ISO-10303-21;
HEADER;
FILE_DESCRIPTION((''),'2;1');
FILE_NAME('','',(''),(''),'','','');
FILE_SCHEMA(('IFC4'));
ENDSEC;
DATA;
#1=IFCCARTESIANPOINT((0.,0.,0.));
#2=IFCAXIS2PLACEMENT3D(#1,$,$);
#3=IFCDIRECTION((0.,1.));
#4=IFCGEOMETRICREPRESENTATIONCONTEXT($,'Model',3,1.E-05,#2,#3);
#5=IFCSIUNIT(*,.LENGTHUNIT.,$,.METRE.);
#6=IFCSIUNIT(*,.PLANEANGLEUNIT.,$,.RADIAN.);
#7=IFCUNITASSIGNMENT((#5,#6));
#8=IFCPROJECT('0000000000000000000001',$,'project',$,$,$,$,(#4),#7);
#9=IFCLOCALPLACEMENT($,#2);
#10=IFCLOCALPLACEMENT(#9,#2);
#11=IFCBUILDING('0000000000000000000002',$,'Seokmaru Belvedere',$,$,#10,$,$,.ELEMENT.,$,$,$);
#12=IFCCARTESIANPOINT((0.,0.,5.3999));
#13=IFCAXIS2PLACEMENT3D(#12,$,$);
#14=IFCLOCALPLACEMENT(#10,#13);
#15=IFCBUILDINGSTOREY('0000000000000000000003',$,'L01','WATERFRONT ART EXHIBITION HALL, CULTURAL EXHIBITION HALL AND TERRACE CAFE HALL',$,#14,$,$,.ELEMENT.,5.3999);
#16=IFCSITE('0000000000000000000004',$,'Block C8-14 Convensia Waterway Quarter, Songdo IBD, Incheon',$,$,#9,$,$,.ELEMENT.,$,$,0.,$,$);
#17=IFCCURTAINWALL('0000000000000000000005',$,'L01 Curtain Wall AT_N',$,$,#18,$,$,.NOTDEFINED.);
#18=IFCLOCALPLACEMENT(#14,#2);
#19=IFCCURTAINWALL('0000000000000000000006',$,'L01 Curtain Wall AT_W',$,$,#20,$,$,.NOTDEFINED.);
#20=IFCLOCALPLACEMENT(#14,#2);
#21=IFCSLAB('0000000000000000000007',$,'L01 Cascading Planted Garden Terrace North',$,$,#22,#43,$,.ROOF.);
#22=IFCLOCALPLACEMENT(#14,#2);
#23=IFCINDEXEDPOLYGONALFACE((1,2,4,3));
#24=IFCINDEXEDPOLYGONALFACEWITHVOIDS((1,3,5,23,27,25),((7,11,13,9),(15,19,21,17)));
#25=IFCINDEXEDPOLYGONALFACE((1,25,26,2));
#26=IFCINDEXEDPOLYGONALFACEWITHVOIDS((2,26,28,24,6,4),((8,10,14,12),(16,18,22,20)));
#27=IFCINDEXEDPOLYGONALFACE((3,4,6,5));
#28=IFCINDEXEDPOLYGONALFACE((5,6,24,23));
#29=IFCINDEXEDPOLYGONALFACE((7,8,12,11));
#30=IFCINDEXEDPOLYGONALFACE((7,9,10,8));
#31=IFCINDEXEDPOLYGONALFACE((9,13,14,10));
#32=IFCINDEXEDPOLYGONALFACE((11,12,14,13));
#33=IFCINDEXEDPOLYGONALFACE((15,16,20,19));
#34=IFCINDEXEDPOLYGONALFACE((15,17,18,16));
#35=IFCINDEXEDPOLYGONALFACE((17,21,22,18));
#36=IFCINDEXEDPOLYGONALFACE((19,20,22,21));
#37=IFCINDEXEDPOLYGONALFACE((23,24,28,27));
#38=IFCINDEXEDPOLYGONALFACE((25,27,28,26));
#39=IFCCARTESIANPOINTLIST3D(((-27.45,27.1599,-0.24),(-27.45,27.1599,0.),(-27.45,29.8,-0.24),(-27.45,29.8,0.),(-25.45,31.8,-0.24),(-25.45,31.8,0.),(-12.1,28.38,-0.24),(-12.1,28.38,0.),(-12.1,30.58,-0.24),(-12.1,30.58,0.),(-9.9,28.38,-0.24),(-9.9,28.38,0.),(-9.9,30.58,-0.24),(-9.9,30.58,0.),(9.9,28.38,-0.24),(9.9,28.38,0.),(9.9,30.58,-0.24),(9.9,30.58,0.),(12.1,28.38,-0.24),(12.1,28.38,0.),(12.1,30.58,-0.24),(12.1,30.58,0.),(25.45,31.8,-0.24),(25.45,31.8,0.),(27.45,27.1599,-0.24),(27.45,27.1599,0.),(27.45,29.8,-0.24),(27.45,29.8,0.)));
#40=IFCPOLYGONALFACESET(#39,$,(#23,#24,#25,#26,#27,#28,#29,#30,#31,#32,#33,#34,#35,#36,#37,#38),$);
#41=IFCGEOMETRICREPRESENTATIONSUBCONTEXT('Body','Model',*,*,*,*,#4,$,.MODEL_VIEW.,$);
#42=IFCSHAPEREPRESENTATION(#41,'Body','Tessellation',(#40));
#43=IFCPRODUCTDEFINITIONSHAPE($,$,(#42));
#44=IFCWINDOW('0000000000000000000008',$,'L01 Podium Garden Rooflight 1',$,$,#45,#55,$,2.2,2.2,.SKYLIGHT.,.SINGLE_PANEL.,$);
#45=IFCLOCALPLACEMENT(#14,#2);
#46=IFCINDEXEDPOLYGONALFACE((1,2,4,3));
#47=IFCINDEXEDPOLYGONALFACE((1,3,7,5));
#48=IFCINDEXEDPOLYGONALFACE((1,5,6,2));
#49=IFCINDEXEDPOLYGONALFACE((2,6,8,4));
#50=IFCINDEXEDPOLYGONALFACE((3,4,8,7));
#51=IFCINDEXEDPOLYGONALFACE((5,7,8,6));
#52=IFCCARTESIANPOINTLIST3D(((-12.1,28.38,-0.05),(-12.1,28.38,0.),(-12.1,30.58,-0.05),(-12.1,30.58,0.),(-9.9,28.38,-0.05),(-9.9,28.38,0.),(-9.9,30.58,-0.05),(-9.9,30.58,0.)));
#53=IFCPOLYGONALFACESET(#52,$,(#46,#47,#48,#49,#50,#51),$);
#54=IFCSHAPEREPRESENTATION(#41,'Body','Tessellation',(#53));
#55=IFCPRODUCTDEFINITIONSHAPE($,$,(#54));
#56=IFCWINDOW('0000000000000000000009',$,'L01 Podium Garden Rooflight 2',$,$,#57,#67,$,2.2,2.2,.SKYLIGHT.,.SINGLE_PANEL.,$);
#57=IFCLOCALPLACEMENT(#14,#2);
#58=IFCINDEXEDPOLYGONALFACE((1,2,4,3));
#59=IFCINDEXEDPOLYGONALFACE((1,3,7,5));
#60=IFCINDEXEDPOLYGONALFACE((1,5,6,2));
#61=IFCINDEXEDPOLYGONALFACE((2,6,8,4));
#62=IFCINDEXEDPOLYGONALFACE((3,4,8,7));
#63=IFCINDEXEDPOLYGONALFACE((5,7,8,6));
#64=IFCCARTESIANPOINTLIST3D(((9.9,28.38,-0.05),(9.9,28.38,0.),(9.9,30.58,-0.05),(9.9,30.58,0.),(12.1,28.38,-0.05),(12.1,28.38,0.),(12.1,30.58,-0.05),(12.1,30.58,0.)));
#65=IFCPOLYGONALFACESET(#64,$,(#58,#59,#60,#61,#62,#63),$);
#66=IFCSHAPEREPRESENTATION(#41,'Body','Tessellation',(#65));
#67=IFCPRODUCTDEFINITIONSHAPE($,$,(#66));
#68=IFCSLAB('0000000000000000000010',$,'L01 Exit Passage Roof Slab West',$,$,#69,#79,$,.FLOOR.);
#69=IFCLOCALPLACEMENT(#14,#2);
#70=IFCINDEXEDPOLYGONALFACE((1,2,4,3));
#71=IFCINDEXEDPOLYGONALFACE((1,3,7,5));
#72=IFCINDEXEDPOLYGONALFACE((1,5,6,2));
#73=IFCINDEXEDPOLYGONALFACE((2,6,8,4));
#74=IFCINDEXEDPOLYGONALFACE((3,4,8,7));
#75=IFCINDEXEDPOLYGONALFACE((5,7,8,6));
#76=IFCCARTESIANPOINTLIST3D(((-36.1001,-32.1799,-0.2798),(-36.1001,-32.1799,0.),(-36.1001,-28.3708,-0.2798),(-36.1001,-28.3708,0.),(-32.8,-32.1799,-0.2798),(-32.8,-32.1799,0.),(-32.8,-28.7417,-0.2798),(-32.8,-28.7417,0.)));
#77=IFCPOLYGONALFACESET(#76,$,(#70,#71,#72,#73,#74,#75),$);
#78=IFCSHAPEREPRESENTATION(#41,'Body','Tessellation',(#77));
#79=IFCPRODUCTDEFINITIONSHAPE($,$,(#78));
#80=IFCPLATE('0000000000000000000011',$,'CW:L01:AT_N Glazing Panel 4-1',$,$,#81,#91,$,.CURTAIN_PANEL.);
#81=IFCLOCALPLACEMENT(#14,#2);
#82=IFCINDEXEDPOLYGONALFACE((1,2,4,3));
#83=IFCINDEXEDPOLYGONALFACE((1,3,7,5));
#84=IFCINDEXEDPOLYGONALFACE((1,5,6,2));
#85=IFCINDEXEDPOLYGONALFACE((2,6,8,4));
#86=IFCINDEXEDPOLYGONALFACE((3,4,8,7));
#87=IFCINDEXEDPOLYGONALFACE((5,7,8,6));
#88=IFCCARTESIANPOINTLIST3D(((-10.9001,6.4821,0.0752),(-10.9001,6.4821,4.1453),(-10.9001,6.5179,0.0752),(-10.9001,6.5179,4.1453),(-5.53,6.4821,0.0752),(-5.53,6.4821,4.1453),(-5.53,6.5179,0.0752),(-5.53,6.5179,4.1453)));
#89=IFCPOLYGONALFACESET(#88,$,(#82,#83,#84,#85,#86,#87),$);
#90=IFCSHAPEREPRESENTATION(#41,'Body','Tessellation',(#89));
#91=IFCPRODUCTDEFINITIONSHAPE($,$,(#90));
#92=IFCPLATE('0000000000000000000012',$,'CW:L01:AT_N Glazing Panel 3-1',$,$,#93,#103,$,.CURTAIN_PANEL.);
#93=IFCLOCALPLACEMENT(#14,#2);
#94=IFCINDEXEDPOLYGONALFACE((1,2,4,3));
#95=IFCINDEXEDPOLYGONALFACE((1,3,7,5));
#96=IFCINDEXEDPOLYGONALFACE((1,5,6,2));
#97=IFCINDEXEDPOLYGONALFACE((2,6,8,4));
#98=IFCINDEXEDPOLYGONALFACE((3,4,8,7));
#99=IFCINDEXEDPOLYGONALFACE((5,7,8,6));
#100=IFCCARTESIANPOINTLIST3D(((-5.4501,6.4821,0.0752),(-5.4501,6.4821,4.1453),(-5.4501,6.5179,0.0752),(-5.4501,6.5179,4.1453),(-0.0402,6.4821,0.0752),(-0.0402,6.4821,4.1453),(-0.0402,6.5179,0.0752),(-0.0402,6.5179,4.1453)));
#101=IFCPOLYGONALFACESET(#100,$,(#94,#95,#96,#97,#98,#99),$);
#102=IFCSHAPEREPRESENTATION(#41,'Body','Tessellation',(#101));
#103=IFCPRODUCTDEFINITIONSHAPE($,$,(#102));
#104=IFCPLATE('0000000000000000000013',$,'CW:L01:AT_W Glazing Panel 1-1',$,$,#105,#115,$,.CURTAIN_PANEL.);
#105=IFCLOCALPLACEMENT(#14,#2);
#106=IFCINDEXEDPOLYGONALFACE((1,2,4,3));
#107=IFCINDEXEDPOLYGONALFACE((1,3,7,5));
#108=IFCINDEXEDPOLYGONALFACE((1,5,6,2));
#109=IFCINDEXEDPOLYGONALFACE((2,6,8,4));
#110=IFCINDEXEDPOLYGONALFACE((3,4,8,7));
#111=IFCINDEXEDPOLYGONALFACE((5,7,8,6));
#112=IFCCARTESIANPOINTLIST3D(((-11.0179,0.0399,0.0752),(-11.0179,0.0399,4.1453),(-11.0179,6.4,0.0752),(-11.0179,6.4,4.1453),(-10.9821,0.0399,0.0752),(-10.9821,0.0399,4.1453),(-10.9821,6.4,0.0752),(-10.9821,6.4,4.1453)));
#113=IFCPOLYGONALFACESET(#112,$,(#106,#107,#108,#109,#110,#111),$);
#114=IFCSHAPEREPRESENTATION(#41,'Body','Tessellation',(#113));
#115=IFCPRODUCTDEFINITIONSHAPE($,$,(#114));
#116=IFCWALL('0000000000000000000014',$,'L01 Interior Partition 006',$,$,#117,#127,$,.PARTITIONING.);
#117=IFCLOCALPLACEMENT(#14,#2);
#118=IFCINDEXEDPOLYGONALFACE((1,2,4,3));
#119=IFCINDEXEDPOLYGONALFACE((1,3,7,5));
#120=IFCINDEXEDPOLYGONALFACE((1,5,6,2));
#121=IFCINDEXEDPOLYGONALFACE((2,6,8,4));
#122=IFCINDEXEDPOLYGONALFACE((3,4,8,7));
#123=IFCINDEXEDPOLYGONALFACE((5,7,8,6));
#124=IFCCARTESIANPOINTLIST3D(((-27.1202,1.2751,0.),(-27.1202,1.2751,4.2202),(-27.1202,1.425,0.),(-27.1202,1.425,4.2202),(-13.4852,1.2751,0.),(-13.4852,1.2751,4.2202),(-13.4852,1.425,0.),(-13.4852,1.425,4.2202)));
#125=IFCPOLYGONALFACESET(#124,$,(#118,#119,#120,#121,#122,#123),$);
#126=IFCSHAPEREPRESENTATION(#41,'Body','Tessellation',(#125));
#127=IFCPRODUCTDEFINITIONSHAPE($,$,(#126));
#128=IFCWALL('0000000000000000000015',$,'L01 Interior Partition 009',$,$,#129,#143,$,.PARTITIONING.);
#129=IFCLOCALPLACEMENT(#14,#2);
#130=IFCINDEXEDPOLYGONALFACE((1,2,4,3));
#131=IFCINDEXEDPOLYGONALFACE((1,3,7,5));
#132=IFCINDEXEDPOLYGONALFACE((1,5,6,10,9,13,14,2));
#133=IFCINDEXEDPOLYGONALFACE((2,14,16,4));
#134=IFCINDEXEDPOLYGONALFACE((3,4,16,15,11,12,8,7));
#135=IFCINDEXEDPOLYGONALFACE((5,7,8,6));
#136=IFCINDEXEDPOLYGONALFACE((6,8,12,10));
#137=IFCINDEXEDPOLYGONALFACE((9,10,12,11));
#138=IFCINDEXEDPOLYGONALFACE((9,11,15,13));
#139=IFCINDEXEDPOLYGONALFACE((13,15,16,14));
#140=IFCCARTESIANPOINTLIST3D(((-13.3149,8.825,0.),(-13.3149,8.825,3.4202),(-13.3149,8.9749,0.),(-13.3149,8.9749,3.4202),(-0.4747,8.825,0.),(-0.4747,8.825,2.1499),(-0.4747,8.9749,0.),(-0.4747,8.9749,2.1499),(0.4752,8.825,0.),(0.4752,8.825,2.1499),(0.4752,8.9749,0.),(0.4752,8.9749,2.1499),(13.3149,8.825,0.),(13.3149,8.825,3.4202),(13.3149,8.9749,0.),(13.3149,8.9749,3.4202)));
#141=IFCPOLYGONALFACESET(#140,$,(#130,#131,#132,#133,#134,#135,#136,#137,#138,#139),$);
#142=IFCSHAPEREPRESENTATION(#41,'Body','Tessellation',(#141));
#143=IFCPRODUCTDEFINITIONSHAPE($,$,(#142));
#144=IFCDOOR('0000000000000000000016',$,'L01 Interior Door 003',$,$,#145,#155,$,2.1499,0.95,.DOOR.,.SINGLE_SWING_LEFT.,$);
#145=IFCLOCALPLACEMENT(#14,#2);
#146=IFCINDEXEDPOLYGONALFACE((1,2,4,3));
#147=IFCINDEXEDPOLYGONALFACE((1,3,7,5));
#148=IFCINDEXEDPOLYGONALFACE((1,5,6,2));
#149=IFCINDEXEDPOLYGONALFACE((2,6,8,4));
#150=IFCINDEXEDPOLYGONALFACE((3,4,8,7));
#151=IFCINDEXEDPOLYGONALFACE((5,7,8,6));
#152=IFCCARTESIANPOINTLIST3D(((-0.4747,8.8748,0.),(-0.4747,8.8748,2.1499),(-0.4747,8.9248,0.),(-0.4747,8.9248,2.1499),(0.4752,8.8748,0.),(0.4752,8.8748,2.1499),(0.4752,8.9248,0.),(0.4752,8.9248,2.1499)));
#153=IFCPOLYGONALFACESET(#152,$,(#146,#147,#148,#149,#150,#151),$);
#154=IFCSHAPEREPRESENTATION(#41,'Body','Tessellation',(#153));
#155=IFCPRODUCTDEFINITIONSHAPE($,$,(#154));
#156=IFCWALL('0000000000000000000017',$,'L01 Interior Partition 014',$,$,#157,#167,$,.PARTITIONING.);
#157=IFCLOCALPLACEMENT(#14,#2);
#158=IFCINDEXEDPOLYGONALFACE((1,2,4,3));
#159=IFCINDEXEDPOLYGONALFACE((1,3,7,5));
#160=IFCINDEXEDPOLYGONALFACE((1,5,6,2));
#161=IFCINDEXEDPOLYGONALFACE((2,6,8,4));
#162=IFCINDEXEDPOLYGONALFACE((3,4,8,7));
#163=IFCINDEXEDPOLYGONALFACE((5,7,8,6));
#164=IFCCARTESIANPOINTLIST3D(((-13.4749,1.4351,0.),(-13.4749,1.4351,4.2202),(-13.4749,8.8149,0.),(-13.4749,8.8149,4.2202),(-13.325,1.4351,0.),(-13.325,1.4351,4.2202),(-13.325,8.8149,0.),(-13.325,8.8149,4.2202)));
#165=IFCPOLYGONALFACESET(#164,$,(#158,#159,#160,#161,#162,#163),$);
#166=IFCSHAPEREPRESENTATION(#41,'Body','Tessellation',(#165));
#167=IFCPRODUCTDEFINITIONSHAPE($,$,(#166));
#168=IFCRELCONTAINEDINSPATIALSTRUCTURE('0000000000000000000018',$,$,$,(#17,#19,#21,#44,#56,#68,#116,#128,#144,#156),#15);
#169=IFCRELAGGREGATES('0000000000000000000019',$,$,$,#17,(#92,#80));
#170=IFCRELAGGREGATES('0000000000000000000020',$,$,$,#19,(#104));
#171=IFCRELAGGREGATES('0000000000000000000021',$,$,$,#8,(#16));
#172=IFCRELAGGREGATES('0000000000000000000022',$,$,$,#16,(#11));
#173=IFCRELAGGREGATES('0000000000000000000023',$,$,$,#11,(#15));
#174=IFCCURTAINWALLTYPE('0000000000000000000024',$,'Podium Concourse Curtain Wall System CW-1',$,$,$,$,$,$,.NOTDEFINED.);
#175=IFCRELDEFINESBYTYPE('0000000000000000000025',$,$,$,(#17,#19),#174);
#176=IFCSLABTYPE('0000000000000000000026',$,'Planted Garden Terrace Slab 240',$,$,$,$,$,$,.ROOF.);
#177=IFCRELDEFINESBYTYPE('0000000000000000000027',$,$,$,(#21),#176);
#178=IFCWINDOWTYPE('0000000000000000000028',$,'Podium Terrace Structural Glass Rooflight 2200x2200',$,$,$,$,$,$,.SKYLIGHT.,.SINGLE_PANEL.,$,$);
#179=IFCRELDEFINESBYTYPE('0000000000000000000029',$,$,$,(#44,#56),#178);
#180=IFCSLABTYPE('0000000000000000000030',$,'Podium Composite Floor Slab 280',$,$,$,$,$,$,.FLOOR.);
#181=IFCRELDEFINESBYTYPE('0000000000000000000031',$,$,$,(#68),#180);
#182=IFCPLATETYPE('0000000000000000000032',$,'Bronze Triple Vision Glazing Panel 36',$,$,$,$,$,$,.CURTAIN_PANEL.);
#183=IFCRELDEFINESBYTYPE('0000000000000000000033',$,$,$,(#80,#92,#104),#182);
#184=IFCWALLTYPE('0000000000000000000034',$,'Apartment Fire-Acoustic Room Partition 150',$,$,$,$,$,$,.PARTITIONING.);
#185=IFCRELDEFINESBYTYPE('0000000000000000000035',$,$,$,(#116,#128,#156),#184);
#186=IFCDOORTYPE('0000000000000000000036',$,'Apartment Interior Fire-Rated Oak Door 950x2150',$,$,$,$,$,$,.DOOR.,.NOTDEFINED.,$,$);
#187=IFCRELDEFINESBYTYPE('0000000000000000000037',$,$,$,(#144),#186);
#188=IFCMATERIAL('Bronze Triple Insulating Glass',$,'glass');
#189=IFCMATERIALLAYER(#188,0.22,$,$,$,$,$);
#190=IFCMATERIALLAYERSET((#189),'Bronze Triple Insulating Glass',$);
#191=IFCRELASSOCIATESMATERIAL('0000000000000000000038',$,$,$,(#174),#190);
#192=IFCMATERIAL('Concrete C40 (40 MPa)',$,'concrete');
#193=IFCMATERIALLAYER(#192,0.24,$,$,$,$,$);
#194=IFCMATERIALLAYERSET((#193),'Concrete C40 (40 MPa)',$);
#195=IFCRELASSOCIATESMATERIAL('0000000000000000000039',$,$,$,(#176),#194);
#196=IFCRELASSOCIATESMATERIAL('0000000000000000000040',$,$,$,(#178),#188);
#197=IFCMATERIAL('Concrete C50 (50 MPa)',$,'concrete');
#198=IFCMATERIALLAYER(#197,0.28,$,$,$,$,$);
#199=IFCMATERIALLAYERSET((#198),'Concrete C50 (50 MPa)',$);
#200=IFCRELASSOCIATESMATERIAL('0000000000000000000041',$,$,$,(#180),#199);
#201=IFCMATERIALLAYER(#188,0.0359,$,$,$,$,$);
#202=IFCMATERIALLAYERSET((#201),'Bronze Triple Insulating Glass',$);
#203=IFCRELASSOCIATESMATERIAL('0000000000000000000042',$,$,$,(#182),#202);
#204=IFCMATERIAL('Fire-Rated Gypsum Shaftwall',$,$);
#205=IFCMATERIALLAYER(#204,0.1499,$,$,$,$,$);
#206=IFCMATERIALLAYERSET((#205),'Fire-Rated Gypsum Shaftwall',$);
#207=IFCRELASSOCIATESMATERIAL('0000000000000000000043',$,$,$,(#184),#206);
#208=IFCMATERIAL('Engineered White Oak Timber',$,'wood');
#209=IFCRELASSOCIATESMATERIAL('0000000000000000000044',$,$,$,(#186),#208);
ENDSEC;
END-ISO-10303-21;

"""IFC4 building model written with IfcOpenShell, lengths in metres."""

from ifc_helpers import new_model, si_unit, direction, frame, frame_2d, origin, origin_2d, place, context, subcontext, project, spatial, polyline, rectangle, outline, extrude, source, transform, mapped, material, layer, layer_set, type_object, type_shapes, element, fill, aggregate, save


model = new_model("IFC4")

# Units and contexts
model_context = context("Model", 3, precision=1e-05, world=origin(), true_north=direction((0.0, 1.0)))
body_context = subcontext(model_context, "Body", "Model", "MODEL_VIEW")
ifc_project = project(units=[si_unit("LENGTHUNIT", "METRE"), si_unit("PLANEANGLEUNIT", "RADIAN")], contexts=[model_context])

# Site, building, storey
site_placement = place(None, origin())
site = spatial("IfcSite", under=ifc_project, at=site_placement, Name="Block C8-14 Convensia Waterway Quarter, Songdo IBD, Incheon", CompositionType="ELEMENT", RefElevation=0.0)
building_placement = place(site_placement, origin())
building = spatial("IfcBuilding", under=site, at=building_placement, Name="Seokmaru Belvedere", CompositionType="ELEMENT")
storey_placement = place(building_placement, frame((0.0, 0.0, 5.3999)))
storey = spatial("IfcBuildingStorey", under=building, at=storey_placement, Name="L01", Description="WATERFRONT ART EXHIBITION HALL, CULTURAL EXHIBITION HALL AND TERRACE CAFE HALL", CompositionType="ELEMENT", Elevation=5.3999)

# Curtain walls
ifc_material_1 = material(Name="Bronze Triple Insulating Glass", Category="glass")
ifc_layer_1 = layer(ifc_material_1, 0.22)
ifc_layer_set_1 = layer_set([ifc_layer_1], Name="Bronze Triple Insulating Glass")
curtain_wall_type = type_object("IfcCurtainWallType", Name="Podium Concourse Curtain Wall System CW-1", PredefinedType="NOTDEFINED", material=ifc_layer_set_1)
curtain_wall_1_placement = place(storey_placement, origin())
curtain_wall_1 = element("IfcCurtainWall", 1, at=curtain_wall_1_placement, inside=storey, type_object=curtain_wall_type, Name="L01 Curtain Wall AT_N", PredefinedType="NOTDEFINED")
curtain_wall_2_placement = place(storey_placement, origin())
curtain_wall_2 = element("IfcCurtainWall", 2, at=curtain_wall_2_placement, inside=storey, type_object=curtain_wall_type, Name="L01 Curtain Wall AT_W", PredefinedType="NOTDEFINED")

# Slab, openings, windows
ifc_material_2 = material(Name="Concrete C40 (40 MPa)", Category="concrete")
ifc_layer_2 = layer(ifc_material_2, 0.24)
ifc_layer_set_2 = layer_set([ifc_layer_2], Name="Concrete C40 (40 MPa)")
slab_type_1 = type_object("IfcSlabType", Name="Planted Garden Terrace Slab 240", PredefinedType="ROOF", material=ifc_layer_set_2)
slab_1_placement = place(storey_placement, frame((0.0, 0.0, -0.24)))
slab_1 = element("IfcSlab", 3, at=slab_1_placement, inside=storey, type_object=slab_type_1, Name="L01 Cascading Planted Garden Terrace North", PredefinedType="ROOF", context=body_context, shape_type="SweptSolid", body=[
    extrude(outline(polyline([(-27.45, 27.1599), (27.45, 27.1599), (27.45, 29.8), (25.45, 31.8), (-25.45, 31.8), (-27.45, 29.8), (-27.45, 27.1599)])), origin(), (0.0, 0.0, 1.0), 0.24),
])
opening_1_placement = place(slab_1_placement, frame((-11.0, 29.48, -0.01)))
opening_1 = element("IfcOpeningElement", 4, at=opening_1_placement, cuts=slab_1, PredefinedType="OPENING", context=body_context, shape_type="SweptSolid", body=[
    extrude(rectangle(XDim=2.2, YDim=2.2, at=origin_2d()), origin(), (0.0, 0.0, 1.0), 0.26),
])
opening_2_placement = place(slab_1_placement, frame((11.0, 29.48, -0.01)))
opening_2 = element("IfcOpeningElement", 5, at=opening_2_placement, cuts=slab_1, PredefinedType="OPENING", context=body_context, shape_type="SweptSolid", body=[
    extrude(rectangle(XDim=2.2, YDim=2.2, at=origin_2d()), origin(), (0.0, 0.0, 1.0), 0.26),
])
window_type = type_object("IfcWindowType", Name="Podium Terrace Structural Glass Rooflight 2200x2200", PartitioningType="SINGLE_PANEL", PredefinedType="SKYLIGHT", material=ifc_material_1)
window_1_placement = place(opening_1_placement, frame((0.0, 0.0, 0.2)))
window_1 = element("IfcWindow", 6, at=window_1_placement, inside=storey, type_object=window_type, Name="L01 Podium Garden Rooflight 1", OverallHeight=2.2, OverallWidth=2.2, PartitioningType="SINGLE_PANEL", PredefinedType="SKYLIGHT", context=body_context, shape_type="SweptSolid", body=[
    extrude(rectangle(XDim=2.2, YDim=2.2, at=origin_2d()), origin(), (0.0, 0.0, 1.0), 0.05),
])
fill(opening_1, window_1)
window_2_placement = place(opening_2_placement, frame((0.0, 0.0, 0.2)))
window_2 = element("IfcWindow", 7, at=window_2_placement, inside=storey, type_object=window_type, Name="L01 Podium Garden Rooflight 2", OverallHeight=2.2, OverallWidth=2.2, PartitioningType="SINGLE_PANEL", PredefinedType="SKYLIGHT", context=body_context, shape_type="SweptSolid", body=[
    extrude(rectangle(XDim=2.2, YDim=2.2, at=origin_2d()), origin(), (0.0, 0.0, 1.0), 0.05),
])
fill(opening_2, window_2)

# Slab
ifc_material_3 = material(Name="Concrete C50 (50 MPa)", Category="concrete")
ifc_layer_3 = layer(ifc_material_3, 0.28)
ifc_layer_set_3 = layer_set([ifc_layer_3], Name="Concrete C50 (50 MPa)")
slab_type_2 = type_object("IfcSlabType", Name="Podium Composite Floor Slab 280", PredefinedType="FLOOR", material=ifc_layer_set_3)
slab_2_placement = place(storey_placement, frame((0.0, 0.0, -0.2798)))
element("IfcSlab", 8, at=slab_2_placement, inside=storey, type_object=slab_type_2, Name="L01 Exit Passage Roof Slab West", PredefinedType="FLOOR", context=body_context, shape_type="SweptSolid", body=[
    extrude(outline(polyline([(-36.1001, -32.1799), (-32.8, -32.1799), (-32.8, -28.7417), (-36.1001, -28.3708), (-36.1001, -32.1799)])), origin(), (0.0, 0.0, 1.0), 0.2798),
])

# Plates
ifc_layer_4 = layer(ifc_material_1, 0.0359)
ifc_layer_set_4 = layer_set([ifc_layer_4], Name="Bronze Triple Insulating Glass")
plate_type = type_object("IfcPlateType", Name="Bronze Triple Vision Glazing Panel 36", PredefinedType="CURTAIN_PANEL", material=ifc_layer_set_4)
shared_shape_1 = source(origin(), body_context, "Body", "SweptSolid", [
    extrude(rectangle(XDim=5.3701, YDim=0.0359, at=origin_2d()), origin(), (0.0, 0.0, 1.0), 4.0701),
])
plate_1_placement = place(storey_placement, frame((-8.2151, 6.5, 0.0752), z_axis=(0.0, 0.0, 1.0), x_axis=(-1.0, 0.0, 0.0)))
plate_1 = element("IfcPlate", 9, at=plate_1_placement, type_object=plate_type, Name="CW:L01:AT_N Glazing Panel 4-1", PredefinedType="CURTAIN_PANEL", context=body_context, shape_type="MappedRepresentation", body=[
    mapped(shared_shape_1, transform((0.0, 0.0, 0.0), scale=1.0)),
])
shared_shape_2 = source(origin(), body_context, "Body", "SweptSolid", [
    extrude(rectangle(XDim=5.4099, YDim=0.0359, at=origin_2d()), origin(), (0.0, 0.0, 1.0), 4.0701),
])
plate_2_placement = place(storey_placement, frame((-2.7451, 6.5, 0.0752), z_axis=(0.0, 0.0, 1.0), x_axis=(-1.0, 0.0, 0.0)))
plate_2 = element("IfcPlate", 10, at=plate_2_placement, type_object=plate_type, Name="CW:L01:AT_N Glazing Panel 3-1", PredefinedType="CURTAIN_PANEL", context=body_context, shape_type="MappedRepresentation", body=[
    mapped(shared_shape_2, transform((0.0, 0.0, 0.0), scale=1.0)),
])
aggregate(curtain_wall_1, [plate_2, plate_1])
shared_shape_3 = source(origin(), body_context, "Body", "SweptSolid", [
    extrude(rectangle(XDim=6.3601, YDim=0.0359, at=origin_2d()), origin(), (0.0, 0.0, 1.0), 4.0701),
])
type_shapes(plate_type, [shared_shape_1, shared_shape_2, shared_shape_3])
plate_3_placement = place(storey_placement, frame((-11.0, 3.22, 0.0752), z_axis=(0.0, 0.0, 1.0), x_axis=(0.0, -1.0, 0.0)))
plate_3 = element("IfcPlate", 11, at=plate_3_placement, type_object=plate_type, Name="CW:L01:AT_W Glazing Panel 1-1", PredefinedType="CURTAIN_PANEL", context=body_context, shape_type="MappedRepresentation", body=[
    mapped(shared_shape_3, transform((0.0, 0.0, 0.0), scale=1.0)),
])
aggregate(curtain_wall_2, [plate_3])

# Wall
ifc_material_4 = material(Name="Fire-Rated Gypsum Shaftwall")
ifc_layer_5 = layer(ifc_material_4, 0.1499)
ifc_layer_set_5 = layer_set([ifc_layer_5], Name="Fire-Rated Gypsum Shaftwall")
wall_type_1 = type_object("IfcWallType", Name="Apartment Fire-Acoustic Room Partition 150", PredefinedType="PARTITIONING", material=ifc_layer_set_5)
wall_1_placement = place(storey_placement, frame((-27.1201, 1.3501, 0.0), z_axis=(0.0, 0.0, 1.0), x_axis=(1.0, 0.0, 0.0)))
element("IfcWall", 12, at=wall_1_placement, inside=storey, type_object=wall_type_1, Name="L01 Interior Partition 006", PredefinedType="PARTITIONING", context=body_context, shape_type="SweptSolid", body=[
    extrude(rectangle(XDim=13.635, YDim=0.1499, at=frame_2d((6.8174, 0.0))), origin(), (0.0, 0.0, 1.0), 4.2202),
])

# Wall, opening, door
wall_2_placement = place(storey_placement, frame((-13.3149, 8.8999, 0.0), z_axis=(0.0, 0.0, 1.0), x_axis=(1.0, 0.0, 0.0)))
wall_2 = element("IfcWall", 13, at=wall_2_placement, inside=storey, type_object=wall_type_1, Name="L01 Interior Partition 009", PredefinedType="PARTITIONING", context=body_context, shape_type="SweptSolid", body=[
    extrude(rectangle(XDim=26.6299, YDim=0.1499, at=frame_2d((13.3149, 0.0))), origin(), (0.0, 0.0, 1.0), 3.4202),
])
opening_3_placement = place(wall_2_placement, frame((12.8401, 0.0, 0.0)))
opening_3 = element("IfcOpeningElement", 14, at=opening_3_placement, cuts=wall_2, PredefinedType="OPENING", context=body_context, shape_type="SweptSolid", body=[
    extrude(rectangle(XDim=0.95, YDim=2.1499, at=frame_2d((0.4751, 1.075))), frame((0.0, 0.085, 0.0), z_axis=(0.0, -1.0, 0.0), x_axis=(1.0, 0.0, 0.0)), (0.0, 0.0, 1.0), 0.1699),
])
ifc_material_5 = material(Name="Engineered White Oak Timber", Category="wood")
door_type = type_object("IfcDoorType", Name="Apartment Interior Fire-Rated Oak Door 950x2150", OperationType="NOTDEFINED", PredefinedType="DOOR", material=ifc_material_5)
shared_shape_4 = source(origin(), body_context, "Body", "SweptSolid", [
    extrude(rectangle(XDim=0.95, YDim=2.1499, at=frame_2d((0.4751, 1.075))), frame((0.0, 0.0249, 0.0), z_axis=(0.0, -1.0, 0.0), x_axis=(1.0, 0.0, 0.0)), (0.0, 0.0, 1.0), 0.05),
])
type_shapes(door_type, [shared_shape_4])
door_placement = place(opening_3_placement, origin())
door = element("IfcDoor", 15, at=door_placement, inside=storey, type_object=door_type, Name="L01 Interior Door 003", OperationType="SINGLE_SWING_LEFT", OverallHeight=2.1499, OverallWidth=0.95, PredefinedType="DOOR", context=body_context, shape_type="MappedRepresentation", body=[
    mapped(shared_shape_4, transform((0.0, 0.0, 0.0), scale=1.0)),
])
fill(opening_3, door)

# Wall
wall_3_placement = place(storey_placement, frame((-13.3999, 1.4351, 0.0), z_axis=(0.0, 0.0, 1.0), x_axis=(0.0, 1.0, 0.0)))
element("IfcWall", 16, at=wall_3_placement, inside=storey, type_object=wall_type_1, Name="L01 Interior Partition 014", PredefinedType="PARTITIONING", context=body_context, shape_type="SweptSolid", body=[
    extrude(rectangle(XDim=7.3799, YDim=0.1499, at=frame_2d((3.6899, 0.0))), origin(), (0.0, 0.0, 1.0), 4.2202),
])

save(model, "model.ifc")
